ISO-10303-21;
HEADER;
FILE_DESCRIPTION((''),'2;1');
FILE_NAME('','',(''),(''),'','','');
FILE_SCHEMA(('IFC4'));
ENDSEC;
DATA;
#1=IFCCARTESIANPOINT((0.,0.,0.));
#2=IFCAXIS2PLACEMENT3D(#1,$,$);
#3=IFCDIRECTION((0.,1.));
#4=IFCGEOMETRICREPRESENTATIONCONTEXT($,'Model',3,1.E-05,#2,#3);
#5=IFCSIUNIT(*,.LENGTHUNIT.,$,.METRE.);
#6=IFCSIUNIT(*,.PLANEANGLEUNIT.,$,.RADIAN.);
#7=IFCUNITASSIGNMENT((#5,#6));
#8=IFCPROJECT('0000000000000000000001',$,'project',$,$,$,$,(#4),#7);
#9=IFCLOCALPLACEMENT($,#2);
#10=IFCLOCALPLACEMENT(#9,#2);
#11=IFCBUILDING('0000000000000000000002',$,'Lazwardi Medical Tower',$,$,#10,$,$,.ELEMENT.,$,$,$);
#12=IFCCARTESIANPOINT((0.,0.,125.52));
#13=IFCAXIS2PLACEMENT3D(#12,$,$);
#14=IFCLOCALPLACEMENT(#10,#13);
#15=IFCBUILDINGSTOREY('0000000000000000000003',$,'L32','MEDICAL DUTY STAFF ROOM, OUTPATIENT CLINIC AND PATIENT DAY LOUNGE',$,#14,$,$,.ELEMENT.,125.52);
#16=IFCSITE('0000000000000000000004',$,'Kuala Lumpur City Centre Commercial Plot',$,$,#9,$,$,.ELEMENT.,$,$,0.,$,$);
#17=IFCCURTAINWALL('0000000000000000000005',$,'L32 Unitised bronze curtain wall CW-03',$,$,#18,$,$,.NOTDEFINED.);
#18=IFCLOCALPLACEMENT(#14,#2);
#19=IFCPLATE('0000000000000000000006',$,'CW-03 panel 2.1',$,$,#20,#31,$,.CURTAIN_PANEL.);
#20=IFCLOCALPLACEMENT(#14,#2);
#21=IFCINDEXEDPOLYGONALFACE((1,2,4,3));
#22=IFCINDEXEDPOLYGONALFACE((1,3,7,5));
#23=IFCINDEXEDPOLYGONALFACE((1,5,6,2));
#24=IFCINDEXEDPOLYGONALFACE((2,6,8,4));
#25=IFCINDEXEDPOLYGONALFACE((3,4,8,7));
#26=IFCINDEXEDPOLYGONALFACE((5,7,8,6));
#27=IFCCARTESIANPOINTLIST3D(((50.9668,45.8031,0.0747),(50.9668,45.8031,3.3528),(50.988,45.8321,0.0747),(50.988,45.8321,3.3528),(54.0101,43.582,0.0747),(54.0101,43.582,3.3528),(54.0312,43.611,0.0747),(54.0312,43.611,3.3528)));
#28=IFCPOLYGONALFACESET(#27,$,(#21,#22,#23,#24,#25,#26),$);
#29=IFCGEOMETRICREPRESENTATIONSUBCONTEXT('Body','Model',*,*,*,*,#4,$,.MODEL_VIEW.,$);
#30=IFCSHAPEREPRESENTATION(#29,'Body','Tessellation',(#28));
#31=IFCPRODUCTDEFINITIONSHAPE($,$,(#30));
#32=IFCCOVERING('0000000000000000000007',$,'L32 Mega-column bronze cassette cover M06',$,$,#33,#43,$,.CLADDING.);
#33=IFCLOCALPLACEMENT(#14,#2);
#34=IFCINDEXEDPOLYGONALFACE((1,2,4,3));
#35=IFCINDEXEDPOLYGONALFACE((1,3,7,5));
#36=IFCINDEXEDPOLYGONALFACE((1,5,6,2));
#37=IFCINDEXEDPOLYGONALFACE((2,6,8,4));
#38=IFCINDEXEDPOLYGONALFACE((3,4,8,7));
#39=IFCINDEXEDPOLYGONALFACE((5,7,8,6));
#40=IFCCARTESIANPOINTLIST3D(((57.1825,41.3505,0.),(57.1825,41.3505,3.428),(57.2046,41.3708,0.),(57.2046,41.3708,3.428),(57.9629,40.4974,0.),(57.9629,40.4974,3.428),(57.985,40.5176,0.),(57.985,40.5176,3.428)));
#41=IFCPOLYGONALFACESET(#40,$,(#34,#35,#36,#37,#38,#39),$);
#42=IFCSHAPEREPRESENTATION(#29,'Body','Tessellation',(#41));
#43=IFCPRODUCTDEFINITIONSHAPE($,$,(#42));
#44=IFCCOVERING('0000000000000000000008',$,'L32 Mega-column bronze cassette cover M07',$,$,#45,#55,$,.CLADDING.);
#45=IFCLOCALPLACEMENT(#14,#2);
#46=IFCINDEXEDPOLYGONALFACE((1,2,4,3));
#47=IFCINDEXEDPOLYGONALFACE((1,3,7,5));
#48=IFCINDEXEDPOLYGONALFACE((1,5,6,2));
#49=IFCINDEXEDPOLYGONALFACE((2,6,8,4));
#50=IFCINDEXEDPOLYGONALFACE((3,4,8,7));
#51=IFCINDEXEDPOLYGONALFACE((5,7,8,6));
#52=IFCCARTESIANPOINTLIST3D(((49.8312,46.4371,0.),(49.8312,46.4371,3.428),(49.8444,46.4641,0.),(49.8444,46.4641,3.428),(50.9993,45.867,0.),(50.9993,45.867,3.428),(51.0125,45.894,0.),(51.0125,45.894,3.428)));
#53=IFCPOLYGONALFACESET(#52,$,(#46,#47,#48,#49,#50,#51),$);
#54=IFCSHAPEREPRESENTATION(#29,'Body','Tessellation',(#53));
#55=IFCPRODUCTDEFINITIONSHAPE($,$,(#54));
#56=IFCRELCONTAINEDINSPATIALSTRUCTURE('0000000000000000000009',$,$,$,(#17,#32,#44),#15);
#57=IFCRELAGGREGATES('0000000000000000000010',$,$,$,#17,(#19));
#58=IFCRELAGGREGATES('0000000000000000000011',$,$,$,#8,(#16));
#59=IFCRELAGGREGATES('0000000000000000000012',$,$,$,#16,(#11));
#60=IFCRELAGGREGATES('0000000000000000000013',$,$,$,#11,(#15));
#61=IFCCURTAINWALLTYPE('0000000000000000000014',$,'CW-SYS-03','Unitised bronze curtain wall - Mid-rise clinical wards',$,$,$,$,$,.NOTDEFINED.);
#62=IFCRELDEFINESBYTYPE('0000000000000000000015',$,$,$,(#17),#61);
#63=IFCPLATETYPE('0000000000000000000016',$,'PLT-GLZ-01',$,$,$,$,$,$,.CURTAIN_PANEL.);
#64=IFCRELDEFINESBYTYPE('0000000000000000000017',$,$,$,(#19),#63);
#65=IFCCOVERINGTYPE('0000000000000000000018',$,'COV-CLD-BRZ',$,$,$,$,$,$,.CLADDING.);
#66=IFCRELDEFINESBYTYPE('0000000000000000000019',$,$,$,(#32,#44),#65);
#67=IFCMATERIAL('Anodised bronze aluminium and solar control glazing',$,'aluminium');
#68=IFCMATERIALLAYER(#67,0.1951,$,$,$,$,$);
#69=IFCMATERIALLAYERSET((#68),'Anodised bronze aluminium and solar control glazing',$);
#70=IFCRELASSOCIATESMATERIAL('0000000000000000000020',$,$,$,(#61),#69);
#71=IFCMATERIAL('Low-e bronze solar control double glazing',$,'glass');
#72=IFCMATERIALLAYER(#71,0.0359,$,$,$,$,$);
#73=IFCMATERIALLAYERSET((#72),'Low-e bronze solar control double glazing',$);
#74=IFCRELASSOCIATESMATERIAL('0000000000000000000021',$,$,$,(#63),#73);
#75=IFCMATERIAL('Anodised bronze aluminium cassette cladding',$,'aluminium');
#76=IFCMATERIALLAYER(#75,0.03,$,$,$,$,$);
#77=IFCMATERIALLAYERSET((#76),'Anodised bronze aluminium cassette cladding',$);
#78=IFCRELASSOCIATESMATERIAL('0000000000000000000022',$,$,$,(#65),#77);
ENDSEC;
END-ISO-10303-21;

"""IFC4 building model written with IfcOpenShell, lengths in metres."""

from ifc_helpers import new_model, si_unit, direction, frame, origin, origin_2d, place, context, subcontext, project, spatial, rectangle, extrude, material, layer, layer_set, type_object, element, aggregate, save


model = new_model("IFC4")

# Units and contexts
model_context = context("Model", 3, precision=1e-05, world=origin(), true_north=direction((0.0, 1.0)))
body_context = subcontext(model_context, "Body", "Model", "MODEL_VIEW")
ifc_project = project(units=[si_unit("LENGTHUNIT", "METRE"), si_unit("PLANEANGLEUNIT", "RADIAN")], contexts=[model_context])

# Site, building, storey
site_placement = place(None, origin())
site = spatial("IfcSite", under=ifc_project, at=site_placement, Name="Kuala Lumpur City Centre Commercial Plot", CompositionType="ELEMENT", RefElevation=0.0)
building_placement = place(site_placement, origin())
building = spatial("IfcBuilding", under=site, at=building_placement, Name="Lazwardi Medical Tower", CompositionType="ELEMENT")
storey_placement = place(building_placement, frame((0.0, 0.0, 125.52)))
storey = spatial("IfcBuildingStorey", under=building, at=storey_placement, Name="L32", Description="MEDICAL DUTY STAFF ROOM, OUTPATIENT CLINIC AND PATIENT DAY LOUNGE", CompositionType="ELEMENT", Elevation=125.52)

# Shared definitions
ifc_material_1 = material(Name="Anodised bronze aluminium and solar control glazing", Category="aluminium")
ifc_layer_1 = layer(ifc_material_1, 0.1951)
ifc_layer_set_1 = layer_set([ifc_layer_1], Name="Anodised bronze aluminium and solar control glazing")
curtain_wall_type = type_object("IfcCurtainWallType", Name="CW-SYS-03", Description="Unitised bronze curtain wall - Mid-rise clinical wards", PredefinedType="NOTDEFINED", material=ifc_layer_set_1)

# Curtain wall
curtain_wall_1_placement = place(storey_placement, origin())
curtain_wall_1 = element("IfcCurtainWall", 1, at=curtain_wall_1_placement, inside=storey, type_object=curtain_wall_type, Name="L32 Unitised bronze curtain wall CW-03", PredefinedType="NOTDEFINED")

# Plate
ifc_material_2 = material(Name="Low-e bronze solar control double glazing", Category="glass")
ifc_layer_2 = layer(ifc_material_2, 0.0359)
ifc_layer_set_2 = layer_set([ifc_layer_2], Name="Low-e bronze solar control double glazing")
plate_type = type_object("IfcPlateType", Name="PLT-GLZ-01", PredefinedType="CURTAIN_PANEL", material=ifc_layer_set_2)
plate_1_placement = place(storey_placement, frame((52.499, 44.707, 0.0747), z_axis=(0.0, 0.0, 1.0), x_axis=(-0.807746, 0.589531, 0.0)))
plate_1 = element("IfcPlate", 2, at=plate_1_placement, type_object=plate_type, Name="CW-03 panel 2.1", PredefinedType="CURTAIN_PANEL", context=body_context, shape_type="SweptSolid", body=[
    extrude(rectangle(XDim=3.7676, YDim=0.0359, at=origin_2d()), origin(), (0.0, 0.0, 1.0), 3.2781),
])
aggregate(curtain_wall_1, [plate_1])

# Coverings
ifc_material_3 = material(Name="Anodised bronze aluminium cassette cladding", Category="aluminium")
ifc_layer_3 = layer(ifc_material_3, 0.03)
ifc_layer_set_3 = layer_set([ifc_layer_3], Name="Anodised bronze aluminium cassette cladding")
covering_type = type_object("IfcCoveringType", Name="COV-CLD-BRZ", PredefinedType="CLADDING", material=ifc_layer_set_3)
covering_1_placement = place(storey_placement, frame((57.5837, 40.9341, 0.0), z_axis=(0.0, 0.0, 1.0), x_axis=(-0.674926, 0.737885, 0.0)))
element("IfcCovering", 3, at=covering_1_placement, inside=storey, type_object=covering_type, Name="L32 Mega-column bronze cassette cover M06", PredefinedType="CLADDING", context=body_context, shape_type="SweptSolid", body=[
    extrude(rectangle(XDim=1.1562, YDim=0.03, at=origin_2d()), origin(), (0.0, 0.0, 1.0), 3.428),
])
covering_2_placement = place(storey_placement, frame((50.4219, 46.1655, 0.0), z_axis=(0.0, 0.0, 1.0), x_axis=(-0.898679, 0.438606, 0.0)))
element("IfcCovering", 4, at=covering_2_placement, inside=storey, type_object=covering_type, Name="L32 Mega-column bronze cassette cover M07", PredefinedType="CLADDING", context=body_context, shape_type="SweptSolid", body=[
    extrude(rectangle(XDim=1.2998, YDim=0.03, at=origin_2d()), origin(), (0.0, 0.0, 1.0), 3.428),
])

save(model, "model.ifc")
